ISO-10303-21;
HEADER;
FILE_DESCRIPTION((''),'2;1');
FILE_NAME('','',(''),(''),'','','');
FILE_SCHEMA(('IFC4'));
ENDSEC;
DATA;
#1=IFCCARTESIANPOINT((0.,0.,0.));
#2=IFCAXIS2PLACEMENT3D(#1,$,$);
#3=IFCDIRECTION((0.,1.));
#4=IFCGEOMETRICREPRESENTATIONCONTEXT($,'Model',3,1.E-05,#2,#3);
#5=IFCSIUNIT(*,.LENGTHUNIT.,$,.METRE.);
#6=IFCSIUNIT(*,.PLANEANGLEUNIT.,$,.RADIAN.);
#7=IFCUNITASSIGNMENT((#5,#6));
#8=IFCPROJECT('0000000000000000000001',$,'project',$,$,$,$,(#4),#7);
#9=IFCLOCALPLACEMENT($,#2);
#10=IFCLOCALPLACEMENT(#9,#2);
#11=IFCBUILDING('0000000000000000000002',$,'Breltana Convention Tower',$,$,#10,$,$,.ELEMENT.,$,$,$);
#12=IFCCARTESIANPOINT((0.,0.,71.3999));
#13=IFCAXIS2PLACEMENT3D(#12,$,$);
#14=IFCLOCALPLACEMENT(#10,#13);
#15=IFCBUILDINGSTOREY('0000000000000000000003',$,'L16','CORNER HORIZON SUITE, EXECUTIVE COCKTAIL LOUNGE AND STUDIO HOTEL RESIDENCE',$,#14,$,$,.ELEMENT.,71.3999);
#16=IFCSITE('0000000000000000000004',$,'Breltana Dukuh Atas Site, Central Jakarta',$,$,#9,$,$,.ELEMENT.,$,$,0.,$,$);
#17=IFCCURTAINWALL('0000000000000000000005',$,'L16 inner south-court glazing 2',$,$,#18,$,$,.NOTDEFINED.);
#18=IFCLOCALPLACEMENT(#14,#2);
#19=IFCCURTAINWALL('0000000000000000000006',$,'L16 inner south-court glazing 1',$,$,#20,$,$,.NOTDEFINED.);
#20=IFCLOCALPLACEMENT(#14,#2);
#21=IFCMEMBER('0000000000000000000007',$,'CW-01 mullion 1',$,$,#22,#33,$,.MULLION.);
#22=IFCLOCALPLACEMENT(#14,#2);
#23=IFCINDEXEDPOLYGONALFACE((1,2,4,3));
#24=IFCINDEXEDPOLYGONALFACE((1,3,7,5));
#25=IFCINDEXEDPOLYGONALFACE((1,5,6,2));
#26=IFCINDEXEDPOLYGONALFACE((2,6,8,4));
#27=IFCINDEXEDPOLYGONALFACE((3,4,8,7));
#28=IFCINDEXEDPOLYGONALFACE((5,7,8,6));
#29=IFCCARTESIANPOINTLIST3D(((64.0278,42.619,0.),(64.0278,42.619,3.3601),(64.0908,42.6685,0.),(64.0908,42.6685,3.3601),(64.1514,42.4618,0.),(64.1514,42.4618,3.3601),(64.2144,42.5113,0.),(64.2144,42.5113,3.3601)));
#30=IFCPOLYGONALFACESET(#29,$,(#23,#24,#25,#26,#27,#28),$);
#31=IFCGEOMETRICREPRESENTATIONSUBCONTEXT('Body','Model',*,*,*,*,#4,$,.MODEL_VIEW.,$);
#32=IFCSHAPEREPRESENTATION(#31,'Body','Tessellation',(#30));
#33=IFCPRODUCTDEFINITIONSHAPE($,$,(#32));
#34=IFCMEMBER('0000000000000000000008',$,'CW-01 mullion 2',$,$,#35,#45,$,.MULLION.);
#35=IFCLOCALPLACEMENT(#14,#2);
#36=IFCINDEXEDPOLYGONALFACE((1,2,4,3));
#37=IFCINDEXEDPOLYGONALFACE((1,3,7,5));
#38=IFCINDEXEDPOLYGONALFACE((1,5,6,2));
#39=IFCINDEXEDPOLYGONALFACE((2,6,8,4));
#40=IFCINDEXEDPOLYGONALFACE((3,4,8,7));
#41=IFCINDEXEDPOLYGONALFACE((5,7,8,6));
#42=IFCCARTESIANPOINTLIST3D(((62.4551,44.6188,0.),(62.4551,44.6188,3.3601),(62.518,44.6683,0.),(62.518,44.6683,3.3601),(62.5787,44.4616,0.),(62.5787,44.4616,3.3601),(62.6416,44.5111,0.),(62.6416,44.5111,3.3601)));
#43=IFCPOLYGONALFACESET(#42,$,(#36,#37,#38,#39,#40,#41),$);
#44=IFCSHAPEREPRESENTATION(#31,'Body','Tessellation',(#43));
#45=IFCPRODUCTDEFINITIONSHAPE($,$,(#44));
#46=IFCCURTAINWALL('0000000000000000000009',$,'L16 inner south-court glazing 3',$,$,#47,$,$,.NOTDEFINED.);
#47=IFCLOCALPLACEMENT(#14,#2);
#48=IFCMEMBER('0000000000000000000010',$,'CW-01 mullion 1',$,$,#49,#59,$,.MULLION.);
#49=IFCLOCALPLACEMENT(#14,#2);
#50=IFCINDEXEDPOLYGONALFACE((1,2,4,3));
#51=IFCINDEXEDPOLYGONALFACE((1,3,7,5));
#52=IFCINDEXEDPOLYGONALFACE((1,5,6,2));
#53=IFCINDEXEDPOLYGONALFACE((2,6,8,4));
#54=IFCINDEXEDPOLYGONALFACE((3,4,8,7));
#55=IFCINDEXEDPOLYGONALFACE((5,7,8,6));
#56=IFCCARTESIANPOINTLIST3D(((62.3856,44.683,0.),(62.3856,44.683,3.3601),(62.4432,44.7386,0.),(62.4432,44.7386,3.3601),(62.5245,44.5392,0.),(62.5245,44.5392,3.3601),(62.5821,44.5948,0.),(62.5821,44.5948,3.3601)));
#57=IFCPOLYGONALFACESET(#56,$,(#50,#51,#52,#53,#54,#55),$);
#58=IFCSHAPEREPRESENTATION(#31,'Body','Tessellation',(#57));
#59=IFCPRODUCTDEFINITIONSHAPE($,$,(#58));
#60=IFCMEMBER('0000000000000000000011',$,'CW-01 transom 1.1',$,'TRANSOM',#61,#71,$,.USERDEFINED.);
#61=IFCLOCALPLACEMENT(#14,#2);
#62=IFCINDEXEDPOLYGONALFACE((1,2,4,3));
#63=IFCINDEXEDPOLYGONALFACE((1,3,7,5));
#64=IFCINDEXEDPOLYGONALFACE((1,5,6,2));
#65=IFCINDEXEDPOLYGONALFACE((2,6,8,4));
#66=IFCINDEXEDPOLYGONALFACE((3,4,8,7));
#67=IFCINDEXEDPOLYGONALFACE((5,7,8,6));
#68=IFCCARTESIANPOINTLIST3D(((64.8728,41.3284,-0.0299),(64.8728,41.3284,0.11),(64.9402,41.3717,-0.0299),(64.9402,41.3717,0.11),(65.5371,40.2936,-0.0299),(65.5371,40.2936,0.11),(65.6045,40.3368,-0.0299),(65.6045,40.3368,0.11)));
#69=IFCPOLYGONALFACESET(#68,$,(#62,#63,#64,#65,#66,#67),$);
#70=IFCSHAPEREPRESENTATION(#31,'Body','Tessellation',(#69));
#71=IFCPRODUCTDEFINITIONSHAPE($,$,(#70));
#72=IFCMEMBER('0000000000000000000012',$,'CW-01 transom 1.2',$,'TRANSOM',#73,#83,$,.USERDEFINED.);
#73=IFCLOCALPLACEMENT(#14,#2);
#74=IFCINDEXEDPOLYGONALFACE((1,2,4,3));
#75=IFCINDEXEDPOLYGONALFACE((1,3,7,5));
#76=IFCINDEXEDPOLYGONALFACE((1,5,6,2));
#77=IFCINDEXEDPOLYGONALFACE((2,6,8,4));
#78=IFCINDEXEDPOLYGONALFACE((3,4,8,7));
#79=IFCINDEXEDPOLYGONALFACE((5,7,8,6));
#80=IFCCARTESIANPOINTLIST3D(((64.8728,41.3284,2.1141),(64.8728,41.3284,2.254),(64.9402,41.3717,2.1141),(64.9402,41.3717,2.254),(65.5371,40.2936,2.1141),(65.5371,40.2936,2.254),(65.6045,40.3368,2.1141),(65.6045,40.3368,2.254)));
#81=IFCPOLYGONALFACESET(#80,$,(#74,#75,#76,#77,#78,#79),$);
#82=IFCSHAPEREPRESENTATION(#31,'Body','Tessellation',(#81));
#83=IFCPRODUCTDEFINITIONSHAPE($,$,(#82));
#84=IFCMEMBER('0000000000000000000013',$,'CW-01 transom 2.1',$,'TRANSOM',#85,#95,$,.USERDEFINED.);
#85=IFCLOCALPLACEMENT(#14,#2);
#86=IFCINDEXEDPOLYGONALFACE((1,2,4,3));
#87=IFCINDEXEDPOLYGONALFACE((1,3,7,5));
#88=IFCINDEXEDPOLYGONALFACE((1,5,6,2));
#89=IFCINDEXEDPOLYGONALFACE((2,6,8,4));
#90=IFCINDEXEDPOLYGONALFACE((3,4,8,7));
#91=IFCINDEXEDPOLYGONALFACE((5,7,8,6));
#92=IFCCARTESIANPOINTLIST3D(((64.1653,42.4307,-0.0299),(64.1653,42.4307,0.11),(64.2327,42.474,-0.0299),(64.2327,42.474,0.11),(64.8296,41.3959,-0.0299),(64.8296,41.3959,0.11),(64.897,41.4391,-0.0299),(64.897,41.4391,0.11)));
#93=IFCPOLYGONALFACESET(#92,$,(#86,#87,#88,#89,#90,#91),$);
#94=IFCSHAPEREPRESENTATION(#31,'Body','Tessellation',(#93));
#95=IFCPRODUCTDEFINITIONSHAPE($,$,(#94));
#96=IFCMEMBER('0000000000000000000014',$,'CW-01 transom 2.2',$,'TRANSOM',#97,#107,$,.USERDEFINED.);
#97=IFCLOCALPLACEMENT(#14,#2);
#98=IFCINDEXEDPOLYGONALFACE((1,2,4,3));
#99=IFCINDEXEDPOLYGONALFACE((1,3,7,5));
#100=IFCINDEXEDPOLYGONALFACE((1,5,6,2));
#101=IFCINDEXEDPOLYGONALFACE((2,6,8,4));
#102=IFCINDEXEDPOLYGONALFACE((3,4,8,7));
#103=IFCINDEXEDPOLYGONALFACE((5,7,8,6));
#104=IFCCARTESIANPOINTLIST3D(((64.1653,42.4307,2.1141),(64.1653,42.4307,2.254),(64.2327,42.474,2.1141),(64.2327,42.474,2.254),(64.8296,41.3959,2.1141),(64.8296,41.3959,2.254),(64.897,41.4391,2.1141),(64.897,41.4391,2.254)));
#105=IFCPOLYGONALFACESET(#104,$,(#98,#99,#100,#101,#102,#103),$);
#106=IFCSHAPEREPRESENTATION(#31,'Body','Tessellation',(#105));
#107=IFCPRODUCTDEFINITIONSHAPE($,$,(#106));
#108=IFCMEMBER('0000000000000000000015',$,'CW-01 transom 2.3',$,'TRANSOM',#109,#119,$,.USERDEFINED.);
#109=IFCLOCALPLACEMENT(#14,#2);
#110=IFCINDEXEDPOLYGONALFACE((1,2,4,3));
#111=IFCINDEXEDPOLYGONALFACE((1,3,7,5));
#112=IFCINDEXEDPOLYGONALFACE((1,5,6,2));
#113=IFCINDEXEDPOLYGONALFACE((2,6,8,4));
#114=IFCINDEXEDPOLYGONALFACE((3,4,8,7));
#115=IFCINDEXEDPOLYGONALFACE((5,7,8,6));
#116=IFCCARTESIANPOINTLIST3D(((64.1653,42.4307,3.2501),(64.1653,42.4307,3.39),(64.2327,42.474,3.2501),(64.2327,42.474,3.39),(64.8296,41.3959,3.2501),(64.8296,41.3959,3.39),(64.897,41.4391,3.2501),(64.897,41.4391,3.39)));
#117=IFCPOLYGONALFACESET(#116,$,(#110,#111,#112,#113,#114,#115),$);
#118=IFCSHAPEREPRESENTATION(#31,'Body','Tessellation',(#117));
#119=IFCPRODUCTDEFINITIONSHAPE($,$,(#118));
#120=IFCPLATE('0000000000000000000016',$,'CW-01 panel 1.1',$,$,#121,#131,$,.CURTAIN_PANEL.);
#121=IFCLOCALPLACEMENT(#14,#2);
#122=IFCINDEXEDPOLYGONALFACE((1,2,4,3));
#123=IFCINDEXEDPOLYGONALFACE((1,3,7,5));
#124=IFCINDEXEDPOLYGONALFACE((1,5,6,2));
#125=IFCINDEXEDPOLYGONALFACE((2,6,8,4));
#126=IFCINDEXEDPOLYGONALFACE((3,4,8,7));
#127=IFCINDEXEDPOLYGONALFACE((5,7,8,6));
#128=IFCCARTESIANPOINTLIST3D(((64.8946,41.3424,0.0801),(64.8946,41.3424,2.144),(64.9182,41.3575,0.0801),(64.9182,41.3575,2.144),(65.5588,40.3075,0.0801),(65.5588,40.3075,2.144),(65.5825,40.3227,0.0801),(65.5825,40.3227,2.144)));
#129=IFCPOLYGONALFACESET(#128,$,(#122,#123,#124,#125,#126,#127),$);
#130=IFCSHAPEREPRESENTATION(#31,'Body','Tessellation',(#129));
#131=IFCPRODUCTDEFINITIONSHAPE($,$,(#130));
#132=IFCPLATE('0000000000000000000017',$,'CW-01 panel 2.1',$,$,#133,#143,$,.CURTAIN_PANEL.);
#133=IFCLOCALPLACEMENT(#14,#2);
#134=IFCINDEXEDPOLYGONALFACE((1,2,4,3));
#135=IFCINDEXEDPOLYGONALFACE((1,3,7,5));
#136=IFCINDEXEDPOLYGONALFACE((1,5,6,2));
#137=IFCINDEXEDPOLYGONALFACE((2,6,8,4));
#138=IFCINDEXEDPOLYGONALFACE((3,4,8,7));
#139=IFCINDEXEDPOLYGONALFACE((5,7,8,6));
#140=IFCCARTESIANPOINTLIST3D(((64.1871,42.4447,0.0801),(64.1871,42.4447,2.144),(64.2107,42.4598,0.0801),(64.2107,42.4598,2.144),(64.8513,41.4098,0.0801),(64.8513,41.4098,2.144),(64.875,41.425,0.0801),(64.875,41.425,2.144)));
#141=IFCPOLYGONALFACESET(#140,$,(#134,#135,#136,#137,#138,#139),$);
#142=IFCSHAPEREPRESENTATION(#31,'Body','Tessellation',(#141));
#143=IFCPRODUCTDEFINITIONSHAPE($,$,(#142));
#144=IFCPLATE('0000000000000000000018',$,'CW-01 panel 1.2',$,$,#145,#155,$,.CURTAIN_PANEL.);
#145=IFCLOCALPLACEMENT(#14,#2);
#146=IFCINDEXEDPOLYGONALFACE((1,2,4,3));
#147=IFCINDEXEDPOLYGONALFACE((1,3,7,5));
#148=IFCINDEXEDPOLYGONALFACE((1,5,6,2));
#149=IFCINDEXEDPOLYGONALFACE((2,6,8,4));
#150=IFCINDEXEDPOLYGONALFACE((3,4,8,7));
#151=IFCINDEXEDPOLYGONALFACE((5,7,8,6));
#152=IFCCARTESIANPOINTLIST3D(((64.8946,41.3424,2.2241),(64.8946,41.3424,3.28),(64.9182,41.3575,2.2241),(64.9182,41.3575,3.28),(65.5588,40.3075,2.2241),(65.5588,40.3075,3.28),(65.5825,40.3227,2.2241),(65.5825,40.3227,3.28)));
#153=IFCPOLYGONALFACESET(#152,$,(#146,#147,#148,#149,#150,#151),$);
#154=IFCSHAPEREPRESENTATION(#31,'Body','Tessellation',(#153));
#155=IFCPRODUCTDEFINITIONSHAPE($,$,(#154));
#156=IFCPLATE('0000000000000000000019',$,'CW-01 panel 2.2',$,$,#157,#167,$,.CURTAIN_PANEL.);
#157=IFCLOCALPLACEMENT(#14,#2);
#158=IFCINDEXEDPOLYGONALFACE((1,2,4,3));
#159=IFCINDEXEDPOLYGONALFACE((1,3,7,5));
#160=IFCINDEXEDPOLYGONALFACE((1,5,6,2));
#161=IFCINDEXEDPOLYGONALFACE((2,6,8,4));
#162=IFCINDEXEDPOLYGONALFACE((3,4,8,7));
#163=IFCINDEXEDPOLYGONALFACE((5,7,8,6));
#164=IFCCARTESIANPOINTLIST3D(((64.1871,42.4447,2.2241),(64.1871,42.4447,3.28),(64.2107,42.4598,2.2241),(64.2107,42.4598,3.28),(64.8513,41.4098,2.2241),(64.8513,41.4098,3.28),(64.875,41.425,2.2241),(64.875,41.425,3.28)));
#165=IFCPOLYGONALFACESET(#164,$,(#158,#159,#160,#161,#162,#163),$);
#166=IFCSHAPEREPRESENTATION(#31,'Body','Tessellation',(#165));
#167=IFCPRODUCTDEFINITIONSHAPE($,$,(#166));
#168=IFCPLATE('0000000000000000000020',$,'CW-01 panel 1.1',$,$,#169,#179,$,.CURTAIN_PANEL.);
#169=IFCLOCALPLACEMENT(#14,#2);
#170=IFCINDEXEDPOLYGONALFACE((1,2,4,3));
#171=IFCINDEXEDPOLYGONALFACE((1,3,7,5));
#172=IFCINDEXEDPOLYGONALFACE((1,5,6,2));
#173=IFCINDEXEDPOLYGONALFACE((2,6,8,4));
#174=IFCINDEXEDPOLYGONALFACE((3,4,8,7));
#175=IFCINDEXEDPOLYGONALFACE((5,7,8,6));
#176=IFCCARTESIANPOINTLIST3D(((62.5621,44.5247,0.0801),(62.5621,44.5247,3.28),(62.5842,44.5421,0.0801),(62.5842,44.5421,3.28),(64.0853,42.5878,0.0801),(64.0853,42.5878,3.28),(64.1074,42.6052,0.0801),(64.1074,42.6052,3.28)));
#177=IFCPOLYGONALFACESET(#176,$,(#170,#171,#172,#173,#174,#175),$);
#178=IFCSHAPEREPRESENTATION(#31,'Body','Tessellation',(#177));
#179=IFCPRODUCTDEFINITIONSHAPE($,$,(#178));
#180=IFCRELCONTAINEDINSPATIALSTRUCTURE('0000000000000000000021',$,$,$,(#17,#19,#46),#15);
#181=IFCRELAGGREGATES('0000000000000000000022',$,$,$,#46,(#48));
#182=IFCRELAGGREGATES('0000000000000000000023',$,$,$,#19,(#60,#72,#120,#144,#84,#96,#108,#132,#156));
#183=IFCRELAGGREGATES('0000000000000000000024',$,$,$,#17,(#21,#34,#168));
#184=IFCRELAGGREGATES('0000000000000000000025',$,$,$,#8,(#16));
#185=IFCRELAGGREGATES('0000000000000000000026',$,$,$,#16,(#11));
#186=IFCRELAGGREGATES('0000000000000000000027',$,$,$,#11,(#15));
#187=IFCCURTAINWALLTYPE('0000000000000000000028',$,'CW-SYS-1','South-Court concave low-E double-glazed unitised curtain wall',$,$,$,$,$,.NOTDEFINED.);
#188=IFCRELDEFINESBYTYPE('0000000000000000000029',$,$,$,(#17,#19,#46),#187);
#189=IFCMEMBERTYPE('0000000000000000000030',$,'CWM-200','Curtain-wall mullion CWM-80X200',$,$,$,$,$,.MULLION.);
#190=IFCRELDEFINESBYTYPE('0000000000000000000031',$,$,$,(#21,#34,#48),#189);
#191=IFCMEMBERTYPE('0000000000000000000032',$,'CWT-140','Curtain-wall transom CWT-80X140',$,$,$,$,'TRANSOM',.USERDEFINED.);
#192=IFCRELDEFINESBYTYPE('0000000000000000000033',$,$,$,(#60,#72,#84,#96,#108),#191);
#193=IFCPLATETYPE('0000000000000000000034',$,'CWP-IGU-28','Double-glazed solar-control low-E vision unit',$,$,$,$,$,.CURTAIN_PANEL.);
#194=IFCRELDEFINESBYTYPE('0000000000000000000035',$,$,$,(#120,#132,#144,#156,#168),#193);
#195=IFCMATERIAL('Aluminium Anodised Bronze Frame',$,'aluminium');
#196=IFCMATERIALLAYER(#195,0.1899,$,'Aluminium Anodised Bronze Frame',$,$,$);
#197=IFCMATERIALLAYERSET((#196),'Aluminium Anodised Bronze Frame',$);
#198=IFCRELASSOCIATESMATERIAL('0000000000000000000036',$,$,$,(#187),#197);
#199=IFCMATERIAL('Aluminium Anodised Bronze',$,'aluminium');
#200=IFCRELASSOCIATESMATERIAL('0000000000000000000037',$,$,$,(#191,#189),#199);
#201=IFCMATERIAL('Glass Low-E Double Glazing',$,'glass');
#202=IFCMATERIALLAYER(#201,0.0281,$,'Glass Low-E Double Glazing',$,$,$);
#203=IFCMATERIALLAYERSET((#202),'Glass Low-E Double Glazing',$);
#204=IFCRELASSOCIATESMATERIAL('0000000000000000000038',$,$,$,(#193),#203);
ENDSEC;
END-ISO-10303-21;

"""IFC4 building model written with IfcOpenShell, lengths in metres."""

from ifc_helpers import new_model, si_unit, direction, frame, origin, origin_2d, place, context, subcontext, project, spatial, rectangle, extrude, source, transform, mapped, material, layer, layer_set, material_profile, profile_set, type_object, element, aggregate, save


model = new_model("IFC4")

# Units and contexts
model_context = context("Model", 3, precision=1e-05, world=origin(), true_north=direction((0.0, 1.0)))
body_context = subcontext(model_context, "Body", "Model", "MODEL_VIEW")
ifc_project = project(units=[si_unit("LENGTHUNIT", "METRE"), si_unit("PLANEANGLEUNIT", "RADIAN")], contexts=[model_context])

# Site, building, storey
site_placement = place(None, origin())
site = spatial("IfcSite", under=ifc_project, at=site_placement, Name="Breltana Dukuh Atas Site, Central Jakarta", CompositionType="ELEMENT", RefElevation=0.0)
building_placement = place(site_placement, origin())
building = spatial("IfcBuilding", under=site, at=building_placement, Name="Breltana Convention Tower", CompositionType="ELEMENT")
storey_placement = place(building_placement, frame((0.0, 0.0, 71.3999)))
storey = spatial("IfcBuildingStorey", under=building, at=storey_placement, Name="L16", Description="CORNER HORIZON SUITE, EXECUTIVE COCKTAIL LOUNGE AND STUDIO HOTEL RESIDENCE", CompositionType="ELEMENT", Elevation=71.3999)

# Curtain walls
ifc_material_1 = material(Name="Aluminium Anodised Bronze Frame", Category="aluminium")
ifc_layer_1 = layer(ifc_material_1, 0.1899, Name="Aluminium Anodised Bronze Frame")
ifc_layer_set_1 = layer_set([ifc_layer_1], Name="Aluminium Anodised Bronze Frame")
curtain_wall_type = type_object("IfcCurtainWallType", Name="CW-SYS-1", Description="South-Court concave low-E double-glazed unitised curtain wall", PredefinedType="NOTDEFINED", material=ifc_layer_set_1)
curtain_wall_1_placement = place(storey_placement, origin())
curtain_wall_1 = element("IfcCurtainWall", 1, at=curtain_wall_1_placement, inside=storey, type_object=curtain_wall_type, Name="L16 inner south-court glazing 2", PredefinedType="NOTDEFINED")
ifc_material_2 = material(Name="Aluminium Anodised Bronze", Category="aluminium")
ifc_material_profile_1 = material_profile(ifc_material_2, rectangle(XDim=0.0801, YDim=0.1399, at=origin_2d()), Name="CWT-80X140")
ifc_profile_set_1 = profile_set([ifc_material_profile_1], Name="Aluminium Anodised Bronze")
member_type_1 = type_object("IfcMemberType", Name="CWT-140", Description="Curtain-wall transom CWT-80X140", ElementType="TRANSOM", PredefinedType="USERDEFINED", material=ifc_profile_set_1)
curtain_wall_2_placement = place(storey_placement, origin())
curtain_wall_2 = element("IfcCurtainWall", 2, at=curtain_wall_2_placement, inside=storey, type_object=curtain_wall_type, Name="L16 inner south-court glazing 1", PredefinedType="NOTDEFINED")
ifc_material_profile_2 = material_profile(ifc_material_2, rectangle(XDim=0.0801, YDim=0.2, at=origin_2d()), Name="CWM-80X200")
ifc_profile_set_2 = profile_set([ifc_material_profile_2], Name="Aluminium Anodised Bronze")
member_type_2 = type_object("IfcMemberType", Name="CWM-200", Description="Curtain-wall mullion CWM-80X200", PredefinedType="MULLION", material=ifc_profile_set_2)
shared_shape_1 = source(origin(), body_context, "Body", "SweptSolid", [
    extrude(rectangle(XDim=0.0801, YDim=0.2, at=origin_2d()), origin(), (0.0, 0.0, 1.0), 3.3601),
])

# Members
member_1_placement = place(storey_placement, frame((64.1211, 42.5652, 0.0), z_axis=(0.0, 0.0, 1.0), x_axis=(-0.786058, -0.618153, 0.0)))
member_1 = element("IfcMember", 3, at=member_1_placement, type_object=member_type_2, Name="CW-01 mullion 1", PredefinedType="MULLION", context=body_context, shape_type="MappedRepresentation", body=[
    mapped(shared_shape_1, transform((0.0, 0.0, 0.0), scale=1.0)),
])
member_2_placement = place(storey_placement, frame((62.5483, 44.5649, 0.0), z_axis=(0.0, 0.0, 1.0), x_axis=(-0.786058, -0.618153, 0.0)))
member_2 = element("IfcMember", 4, at=member_2_placement, type_object=member_type_2, Name="CW-01 mullion 2", PredefinedType="MULLION", context=body_context, shape_type="MappedRepresentation", body=[
    mapped(shared_shape_1, transform((0.0, 0.0, 0.0), scale=1.0)),
])

# Curtain wall, member
curtain_wall_3_placement = place(storey_placement, origin())
curtain_wall_3 = element("IfcCurtainWall", 5, at=curtain_wall_3_placement, inside=storey, type_object=curtain_wall_type, Name="L16 inner south-court glazing 3", PredefinedType="NOTDEFINED")
member_3_placement = place(storey_placement, frame((62.4839, 44.6389, 0.0), z_axis=(0.0, 0.0, 1.0), x_axis=(-0.719385, -0.694612, 0.0)))
member_3 = element("IfcMember", 6, at=member_3_placement, type_object=member_type_2, Name="CW-01 mullion 1", PredefinedType="MULLION", context=body_context, shape_type="MappedRepresentation", body=[
    mapped(shared_shape_1, transform((0.0, 0.0, 0.0), scale=1.0)),
])
aggregate(curtain_wall_3, [member_3])

# Members
shared_shape_2 = source(origin(), body_context, "Body", "SweptSolid", [
    extrude(rectangle(XDim=0.0801, YDim=0.1399, at=origin_2d()), origin(), (0.0, 0.0, 1.0), 1.2297),
])
member_4_placement = place(storey_placement, frame((65.5708, 40.3152, 0.04), z_axis=(-0.540186, 0.841546, 0.0), x_axis=(-0.841546, -0.540186, 0.0)))
member_4 = element("IfcMember", 7, at=member_4_placement, type_object=member_type_1, Name="CW-01 transom 1.1", ObjectType="TRANSOM", PredefinedType="USERDEFINED", context=body_context, shape_type="MappedRepresentation", body=[
    mapped(shared_shape_2, transform((0.0, 0.0, 0.0), scale=1.0)),
])
member_5_placement = place(storey_placement, frame((65.5708, 40.3152, 2.1841), z_axis=(-0.540186, 0.841546, 0.0), x_axis=(-0.841546, -0.540186, 0.0)))
member_5 = element("IfcMember", 8, at=member_5_placement, type_object=member_type_1, Name="CW-01 transom 1.2", ObjectType="TRANSOM", PredefinedType="USERDEFINED", context=body_context, shape_type="MappedRepresentation", body=[
    mapped(shared_shape_2, transform((0.0, 0.0, 0.0), scale=1.0)),
])
member_6_placement = place(storey_placement, frame((64.8633, 41.4175, 0.04), z_axis=(-0.540186, 0.841546, 0.0), x_axis=(-0.841546, -0.540186, 0.0)))
member_6 = element("IfcMember", 9, at=member_6_placement, type_object=member_type_1, Name="CW-01 transom 2.1", ObjectType="TRANSOM", PredefinedType="USERDEFINED", context=body_context, shape_type="MappedRepresentation", body=[
    mapped(shared_shape_2, transform((0.0, 0.0, 0.0), scale=1.0)),
])
member_7_placement = place(storey_placement, frame((64.8633, 41.4175, 2.1841), z_axis=(-0.540186, 0.841546, 0.0), x_axis=(-0.841546, -0.540186, 0.0)))
member_7 = element("IfcMember", 10, at=member_7_placement, type_object=member_type_1, Name="CW-01 transom 2.2", ObjectType="TRANSOM", PredefinedType="USERDEFINED", context=body_context, shape_type="MappedRepresentation", body=[
    mapped(shared_shape_2, transform((0.0, 0.0, 0.0), scale=1.0)),
])
member_8_placement = place(storey_placement, frame((64.8633, 41.4175, 3.3201), z_axis=(-0.540186, 0.841546, 0.0), x_axis=(-0.841546, -0.540186, 0.0)))
member_8 = element("IfcMember", 11, at=member_8_placement, type_object=member_type_1, Name="CW-01 transom 2.3", ObjectType="TRANSOM", PredefinedType="USERDEFINED", context=body_context, shape_type="MappedRepresentation", body=[
    mapped(shared_shape_2, transform((0.0, 0.0, 0.0), scale=1.0)),
])

# Plates
ifc_material_3 = material(Name="Glass Low-E Double Glazing", Category="glass")
ifc_layer_2 = layer(ifc_material_3, 0.0281, Name="Glass Low-E Double Glazing")
ifc_layer_set_2 = layer_set([ifc_layer_2], Name="Glass Low-E Double Glazing")
plate_type = type_object("IfcPlateType", Name="CWP-IGU-28", Description="Double-glazed solar-control low-E vision unit", PredefinedType="CURTAIN_PANEL", material=ifc_layer_set_2)
shared_shape_3 = source(origin(), body_context, "Body", "SweptSolid", [
    extrude(rectangle(XDim=1.2297, YDim=0.0281, at=origin_2d()), origin(), (0.0, 0.0, 1.0), 2.064),
])
plate_1_placement = place(storey_placement, frame((65.2385, 40.8325, 0.0801), z_axis=(0.0, 0.0, 1.0), x_axis=(-0.54017, 0.841556, 0.0)))
plate_1 = element("IfcPlate", 12, at=plate_1_placement, type_object=plate_type, Name="CW-01 panel 1.1", PredefinedType="CURTAIN_PANEL", context=body_context, shape_type="MappedRepresentation", body=[
    mapped(shared_shape_3, transform((0.0, 0.0, 0.0), scale=1.0)),
])
plate_2_placement = place(storey_placement, frame((64.531, 41.9348, 0.0801), z_axis=(0.0, 0.0, 1.0), x_axis=(-0.54017, 0.841556, 0.0)))
plate_2 = element("IfcPlate", 13, at=plate_2_placement, type_object=plate_type, Name="CW-01 panel 2.1", PredefinedType="CURTAIN_PANEL", context=body_context, shape_type="MappedRepresentation", body=[
    mapped(shared_shape_3, transform((0.0, 0.0, 0.0), scale=1.0)),
])
shared_shape_4 = source(origin(), body_context, "Body", "SweptSolid", [
    extrude(rectangle(XDim=1.2297, YDim=0.0281, at=origin_2d()), origin(), (0.0, 0.0, 1.0), 1.0559),
])
plate_3_placement = place(storey_placement, frame((65.2385, 40.8325, 2.2241), z_axis=(0.0, 0.0, 1.0), x_axis=(-0.54017, 0.841556, 0.0)))
plate_3 = element("IfcPlate", 14, at=plate_3_placement, type_object=plate_type, Name="CW-01 panel 1.2", PredefinedType="CURTAIN_PANEL", context=body_context, shape_type="MappedRepresentation", body=[
    mapped(shared_shape_4, transform((0.0, 0.0, 0.0), scale=1.0)),
])
plate_4_placement = place(storey_placement, frame((64.531, 41.9348, 2.2241), z_axis=(0.0, 0.0, 1.0), x_axis=(-0.54017, 0.841556, 0.0)))
plate_4 = element("IfcPlate", 15, at=plate_4_placement, type_object=plate_type, Name="CW-01 panel 2.2", PredefinedType="CURTAIN_PANEL", context=body_context, shape_type="MappedRepresentation", body=[
    mapped(shared_shape_4, transform((0.0, 0.0, 0.0), scale=1.0)),
])
aggregate(curtain_wall_2, [member_4, member_5, plate_1, plate_3, member_6, member_7, member_8, plate_2, plate_4])
shared_shape_5 = source(origin(), body_context, "Body", "SweptSolid", [
    extrude(rectangle(XDim=2.4641, YDim=0.0281, at=origin_2d()), origin(), (0.0, 0.0, 1.0), 3.2),
])
plate_5_placement = place(storey_placement, frame((63.3347, 43.5649, 0.0801), z_axis=(0.0, 0.0, 1.0), x_axis=(-0.618153, 0.786058, 0.0)))
plate_5 = element("IfcPlate", 16, at=plate_5_placement, type_object=plate_type, Name="CW-01 panel 1.1", PredefinedType="CURTAIN_PANEL", context=body_context, shape_type="MappedRepresentation", body=[
    mapped(shared_shape_5, transform((0.0, 0.0, 0.0), scale=1.0)),
])
aggregate(curtain_wall_1, [member_1, member_2, plate_5])

save(model, "model.ifc")
